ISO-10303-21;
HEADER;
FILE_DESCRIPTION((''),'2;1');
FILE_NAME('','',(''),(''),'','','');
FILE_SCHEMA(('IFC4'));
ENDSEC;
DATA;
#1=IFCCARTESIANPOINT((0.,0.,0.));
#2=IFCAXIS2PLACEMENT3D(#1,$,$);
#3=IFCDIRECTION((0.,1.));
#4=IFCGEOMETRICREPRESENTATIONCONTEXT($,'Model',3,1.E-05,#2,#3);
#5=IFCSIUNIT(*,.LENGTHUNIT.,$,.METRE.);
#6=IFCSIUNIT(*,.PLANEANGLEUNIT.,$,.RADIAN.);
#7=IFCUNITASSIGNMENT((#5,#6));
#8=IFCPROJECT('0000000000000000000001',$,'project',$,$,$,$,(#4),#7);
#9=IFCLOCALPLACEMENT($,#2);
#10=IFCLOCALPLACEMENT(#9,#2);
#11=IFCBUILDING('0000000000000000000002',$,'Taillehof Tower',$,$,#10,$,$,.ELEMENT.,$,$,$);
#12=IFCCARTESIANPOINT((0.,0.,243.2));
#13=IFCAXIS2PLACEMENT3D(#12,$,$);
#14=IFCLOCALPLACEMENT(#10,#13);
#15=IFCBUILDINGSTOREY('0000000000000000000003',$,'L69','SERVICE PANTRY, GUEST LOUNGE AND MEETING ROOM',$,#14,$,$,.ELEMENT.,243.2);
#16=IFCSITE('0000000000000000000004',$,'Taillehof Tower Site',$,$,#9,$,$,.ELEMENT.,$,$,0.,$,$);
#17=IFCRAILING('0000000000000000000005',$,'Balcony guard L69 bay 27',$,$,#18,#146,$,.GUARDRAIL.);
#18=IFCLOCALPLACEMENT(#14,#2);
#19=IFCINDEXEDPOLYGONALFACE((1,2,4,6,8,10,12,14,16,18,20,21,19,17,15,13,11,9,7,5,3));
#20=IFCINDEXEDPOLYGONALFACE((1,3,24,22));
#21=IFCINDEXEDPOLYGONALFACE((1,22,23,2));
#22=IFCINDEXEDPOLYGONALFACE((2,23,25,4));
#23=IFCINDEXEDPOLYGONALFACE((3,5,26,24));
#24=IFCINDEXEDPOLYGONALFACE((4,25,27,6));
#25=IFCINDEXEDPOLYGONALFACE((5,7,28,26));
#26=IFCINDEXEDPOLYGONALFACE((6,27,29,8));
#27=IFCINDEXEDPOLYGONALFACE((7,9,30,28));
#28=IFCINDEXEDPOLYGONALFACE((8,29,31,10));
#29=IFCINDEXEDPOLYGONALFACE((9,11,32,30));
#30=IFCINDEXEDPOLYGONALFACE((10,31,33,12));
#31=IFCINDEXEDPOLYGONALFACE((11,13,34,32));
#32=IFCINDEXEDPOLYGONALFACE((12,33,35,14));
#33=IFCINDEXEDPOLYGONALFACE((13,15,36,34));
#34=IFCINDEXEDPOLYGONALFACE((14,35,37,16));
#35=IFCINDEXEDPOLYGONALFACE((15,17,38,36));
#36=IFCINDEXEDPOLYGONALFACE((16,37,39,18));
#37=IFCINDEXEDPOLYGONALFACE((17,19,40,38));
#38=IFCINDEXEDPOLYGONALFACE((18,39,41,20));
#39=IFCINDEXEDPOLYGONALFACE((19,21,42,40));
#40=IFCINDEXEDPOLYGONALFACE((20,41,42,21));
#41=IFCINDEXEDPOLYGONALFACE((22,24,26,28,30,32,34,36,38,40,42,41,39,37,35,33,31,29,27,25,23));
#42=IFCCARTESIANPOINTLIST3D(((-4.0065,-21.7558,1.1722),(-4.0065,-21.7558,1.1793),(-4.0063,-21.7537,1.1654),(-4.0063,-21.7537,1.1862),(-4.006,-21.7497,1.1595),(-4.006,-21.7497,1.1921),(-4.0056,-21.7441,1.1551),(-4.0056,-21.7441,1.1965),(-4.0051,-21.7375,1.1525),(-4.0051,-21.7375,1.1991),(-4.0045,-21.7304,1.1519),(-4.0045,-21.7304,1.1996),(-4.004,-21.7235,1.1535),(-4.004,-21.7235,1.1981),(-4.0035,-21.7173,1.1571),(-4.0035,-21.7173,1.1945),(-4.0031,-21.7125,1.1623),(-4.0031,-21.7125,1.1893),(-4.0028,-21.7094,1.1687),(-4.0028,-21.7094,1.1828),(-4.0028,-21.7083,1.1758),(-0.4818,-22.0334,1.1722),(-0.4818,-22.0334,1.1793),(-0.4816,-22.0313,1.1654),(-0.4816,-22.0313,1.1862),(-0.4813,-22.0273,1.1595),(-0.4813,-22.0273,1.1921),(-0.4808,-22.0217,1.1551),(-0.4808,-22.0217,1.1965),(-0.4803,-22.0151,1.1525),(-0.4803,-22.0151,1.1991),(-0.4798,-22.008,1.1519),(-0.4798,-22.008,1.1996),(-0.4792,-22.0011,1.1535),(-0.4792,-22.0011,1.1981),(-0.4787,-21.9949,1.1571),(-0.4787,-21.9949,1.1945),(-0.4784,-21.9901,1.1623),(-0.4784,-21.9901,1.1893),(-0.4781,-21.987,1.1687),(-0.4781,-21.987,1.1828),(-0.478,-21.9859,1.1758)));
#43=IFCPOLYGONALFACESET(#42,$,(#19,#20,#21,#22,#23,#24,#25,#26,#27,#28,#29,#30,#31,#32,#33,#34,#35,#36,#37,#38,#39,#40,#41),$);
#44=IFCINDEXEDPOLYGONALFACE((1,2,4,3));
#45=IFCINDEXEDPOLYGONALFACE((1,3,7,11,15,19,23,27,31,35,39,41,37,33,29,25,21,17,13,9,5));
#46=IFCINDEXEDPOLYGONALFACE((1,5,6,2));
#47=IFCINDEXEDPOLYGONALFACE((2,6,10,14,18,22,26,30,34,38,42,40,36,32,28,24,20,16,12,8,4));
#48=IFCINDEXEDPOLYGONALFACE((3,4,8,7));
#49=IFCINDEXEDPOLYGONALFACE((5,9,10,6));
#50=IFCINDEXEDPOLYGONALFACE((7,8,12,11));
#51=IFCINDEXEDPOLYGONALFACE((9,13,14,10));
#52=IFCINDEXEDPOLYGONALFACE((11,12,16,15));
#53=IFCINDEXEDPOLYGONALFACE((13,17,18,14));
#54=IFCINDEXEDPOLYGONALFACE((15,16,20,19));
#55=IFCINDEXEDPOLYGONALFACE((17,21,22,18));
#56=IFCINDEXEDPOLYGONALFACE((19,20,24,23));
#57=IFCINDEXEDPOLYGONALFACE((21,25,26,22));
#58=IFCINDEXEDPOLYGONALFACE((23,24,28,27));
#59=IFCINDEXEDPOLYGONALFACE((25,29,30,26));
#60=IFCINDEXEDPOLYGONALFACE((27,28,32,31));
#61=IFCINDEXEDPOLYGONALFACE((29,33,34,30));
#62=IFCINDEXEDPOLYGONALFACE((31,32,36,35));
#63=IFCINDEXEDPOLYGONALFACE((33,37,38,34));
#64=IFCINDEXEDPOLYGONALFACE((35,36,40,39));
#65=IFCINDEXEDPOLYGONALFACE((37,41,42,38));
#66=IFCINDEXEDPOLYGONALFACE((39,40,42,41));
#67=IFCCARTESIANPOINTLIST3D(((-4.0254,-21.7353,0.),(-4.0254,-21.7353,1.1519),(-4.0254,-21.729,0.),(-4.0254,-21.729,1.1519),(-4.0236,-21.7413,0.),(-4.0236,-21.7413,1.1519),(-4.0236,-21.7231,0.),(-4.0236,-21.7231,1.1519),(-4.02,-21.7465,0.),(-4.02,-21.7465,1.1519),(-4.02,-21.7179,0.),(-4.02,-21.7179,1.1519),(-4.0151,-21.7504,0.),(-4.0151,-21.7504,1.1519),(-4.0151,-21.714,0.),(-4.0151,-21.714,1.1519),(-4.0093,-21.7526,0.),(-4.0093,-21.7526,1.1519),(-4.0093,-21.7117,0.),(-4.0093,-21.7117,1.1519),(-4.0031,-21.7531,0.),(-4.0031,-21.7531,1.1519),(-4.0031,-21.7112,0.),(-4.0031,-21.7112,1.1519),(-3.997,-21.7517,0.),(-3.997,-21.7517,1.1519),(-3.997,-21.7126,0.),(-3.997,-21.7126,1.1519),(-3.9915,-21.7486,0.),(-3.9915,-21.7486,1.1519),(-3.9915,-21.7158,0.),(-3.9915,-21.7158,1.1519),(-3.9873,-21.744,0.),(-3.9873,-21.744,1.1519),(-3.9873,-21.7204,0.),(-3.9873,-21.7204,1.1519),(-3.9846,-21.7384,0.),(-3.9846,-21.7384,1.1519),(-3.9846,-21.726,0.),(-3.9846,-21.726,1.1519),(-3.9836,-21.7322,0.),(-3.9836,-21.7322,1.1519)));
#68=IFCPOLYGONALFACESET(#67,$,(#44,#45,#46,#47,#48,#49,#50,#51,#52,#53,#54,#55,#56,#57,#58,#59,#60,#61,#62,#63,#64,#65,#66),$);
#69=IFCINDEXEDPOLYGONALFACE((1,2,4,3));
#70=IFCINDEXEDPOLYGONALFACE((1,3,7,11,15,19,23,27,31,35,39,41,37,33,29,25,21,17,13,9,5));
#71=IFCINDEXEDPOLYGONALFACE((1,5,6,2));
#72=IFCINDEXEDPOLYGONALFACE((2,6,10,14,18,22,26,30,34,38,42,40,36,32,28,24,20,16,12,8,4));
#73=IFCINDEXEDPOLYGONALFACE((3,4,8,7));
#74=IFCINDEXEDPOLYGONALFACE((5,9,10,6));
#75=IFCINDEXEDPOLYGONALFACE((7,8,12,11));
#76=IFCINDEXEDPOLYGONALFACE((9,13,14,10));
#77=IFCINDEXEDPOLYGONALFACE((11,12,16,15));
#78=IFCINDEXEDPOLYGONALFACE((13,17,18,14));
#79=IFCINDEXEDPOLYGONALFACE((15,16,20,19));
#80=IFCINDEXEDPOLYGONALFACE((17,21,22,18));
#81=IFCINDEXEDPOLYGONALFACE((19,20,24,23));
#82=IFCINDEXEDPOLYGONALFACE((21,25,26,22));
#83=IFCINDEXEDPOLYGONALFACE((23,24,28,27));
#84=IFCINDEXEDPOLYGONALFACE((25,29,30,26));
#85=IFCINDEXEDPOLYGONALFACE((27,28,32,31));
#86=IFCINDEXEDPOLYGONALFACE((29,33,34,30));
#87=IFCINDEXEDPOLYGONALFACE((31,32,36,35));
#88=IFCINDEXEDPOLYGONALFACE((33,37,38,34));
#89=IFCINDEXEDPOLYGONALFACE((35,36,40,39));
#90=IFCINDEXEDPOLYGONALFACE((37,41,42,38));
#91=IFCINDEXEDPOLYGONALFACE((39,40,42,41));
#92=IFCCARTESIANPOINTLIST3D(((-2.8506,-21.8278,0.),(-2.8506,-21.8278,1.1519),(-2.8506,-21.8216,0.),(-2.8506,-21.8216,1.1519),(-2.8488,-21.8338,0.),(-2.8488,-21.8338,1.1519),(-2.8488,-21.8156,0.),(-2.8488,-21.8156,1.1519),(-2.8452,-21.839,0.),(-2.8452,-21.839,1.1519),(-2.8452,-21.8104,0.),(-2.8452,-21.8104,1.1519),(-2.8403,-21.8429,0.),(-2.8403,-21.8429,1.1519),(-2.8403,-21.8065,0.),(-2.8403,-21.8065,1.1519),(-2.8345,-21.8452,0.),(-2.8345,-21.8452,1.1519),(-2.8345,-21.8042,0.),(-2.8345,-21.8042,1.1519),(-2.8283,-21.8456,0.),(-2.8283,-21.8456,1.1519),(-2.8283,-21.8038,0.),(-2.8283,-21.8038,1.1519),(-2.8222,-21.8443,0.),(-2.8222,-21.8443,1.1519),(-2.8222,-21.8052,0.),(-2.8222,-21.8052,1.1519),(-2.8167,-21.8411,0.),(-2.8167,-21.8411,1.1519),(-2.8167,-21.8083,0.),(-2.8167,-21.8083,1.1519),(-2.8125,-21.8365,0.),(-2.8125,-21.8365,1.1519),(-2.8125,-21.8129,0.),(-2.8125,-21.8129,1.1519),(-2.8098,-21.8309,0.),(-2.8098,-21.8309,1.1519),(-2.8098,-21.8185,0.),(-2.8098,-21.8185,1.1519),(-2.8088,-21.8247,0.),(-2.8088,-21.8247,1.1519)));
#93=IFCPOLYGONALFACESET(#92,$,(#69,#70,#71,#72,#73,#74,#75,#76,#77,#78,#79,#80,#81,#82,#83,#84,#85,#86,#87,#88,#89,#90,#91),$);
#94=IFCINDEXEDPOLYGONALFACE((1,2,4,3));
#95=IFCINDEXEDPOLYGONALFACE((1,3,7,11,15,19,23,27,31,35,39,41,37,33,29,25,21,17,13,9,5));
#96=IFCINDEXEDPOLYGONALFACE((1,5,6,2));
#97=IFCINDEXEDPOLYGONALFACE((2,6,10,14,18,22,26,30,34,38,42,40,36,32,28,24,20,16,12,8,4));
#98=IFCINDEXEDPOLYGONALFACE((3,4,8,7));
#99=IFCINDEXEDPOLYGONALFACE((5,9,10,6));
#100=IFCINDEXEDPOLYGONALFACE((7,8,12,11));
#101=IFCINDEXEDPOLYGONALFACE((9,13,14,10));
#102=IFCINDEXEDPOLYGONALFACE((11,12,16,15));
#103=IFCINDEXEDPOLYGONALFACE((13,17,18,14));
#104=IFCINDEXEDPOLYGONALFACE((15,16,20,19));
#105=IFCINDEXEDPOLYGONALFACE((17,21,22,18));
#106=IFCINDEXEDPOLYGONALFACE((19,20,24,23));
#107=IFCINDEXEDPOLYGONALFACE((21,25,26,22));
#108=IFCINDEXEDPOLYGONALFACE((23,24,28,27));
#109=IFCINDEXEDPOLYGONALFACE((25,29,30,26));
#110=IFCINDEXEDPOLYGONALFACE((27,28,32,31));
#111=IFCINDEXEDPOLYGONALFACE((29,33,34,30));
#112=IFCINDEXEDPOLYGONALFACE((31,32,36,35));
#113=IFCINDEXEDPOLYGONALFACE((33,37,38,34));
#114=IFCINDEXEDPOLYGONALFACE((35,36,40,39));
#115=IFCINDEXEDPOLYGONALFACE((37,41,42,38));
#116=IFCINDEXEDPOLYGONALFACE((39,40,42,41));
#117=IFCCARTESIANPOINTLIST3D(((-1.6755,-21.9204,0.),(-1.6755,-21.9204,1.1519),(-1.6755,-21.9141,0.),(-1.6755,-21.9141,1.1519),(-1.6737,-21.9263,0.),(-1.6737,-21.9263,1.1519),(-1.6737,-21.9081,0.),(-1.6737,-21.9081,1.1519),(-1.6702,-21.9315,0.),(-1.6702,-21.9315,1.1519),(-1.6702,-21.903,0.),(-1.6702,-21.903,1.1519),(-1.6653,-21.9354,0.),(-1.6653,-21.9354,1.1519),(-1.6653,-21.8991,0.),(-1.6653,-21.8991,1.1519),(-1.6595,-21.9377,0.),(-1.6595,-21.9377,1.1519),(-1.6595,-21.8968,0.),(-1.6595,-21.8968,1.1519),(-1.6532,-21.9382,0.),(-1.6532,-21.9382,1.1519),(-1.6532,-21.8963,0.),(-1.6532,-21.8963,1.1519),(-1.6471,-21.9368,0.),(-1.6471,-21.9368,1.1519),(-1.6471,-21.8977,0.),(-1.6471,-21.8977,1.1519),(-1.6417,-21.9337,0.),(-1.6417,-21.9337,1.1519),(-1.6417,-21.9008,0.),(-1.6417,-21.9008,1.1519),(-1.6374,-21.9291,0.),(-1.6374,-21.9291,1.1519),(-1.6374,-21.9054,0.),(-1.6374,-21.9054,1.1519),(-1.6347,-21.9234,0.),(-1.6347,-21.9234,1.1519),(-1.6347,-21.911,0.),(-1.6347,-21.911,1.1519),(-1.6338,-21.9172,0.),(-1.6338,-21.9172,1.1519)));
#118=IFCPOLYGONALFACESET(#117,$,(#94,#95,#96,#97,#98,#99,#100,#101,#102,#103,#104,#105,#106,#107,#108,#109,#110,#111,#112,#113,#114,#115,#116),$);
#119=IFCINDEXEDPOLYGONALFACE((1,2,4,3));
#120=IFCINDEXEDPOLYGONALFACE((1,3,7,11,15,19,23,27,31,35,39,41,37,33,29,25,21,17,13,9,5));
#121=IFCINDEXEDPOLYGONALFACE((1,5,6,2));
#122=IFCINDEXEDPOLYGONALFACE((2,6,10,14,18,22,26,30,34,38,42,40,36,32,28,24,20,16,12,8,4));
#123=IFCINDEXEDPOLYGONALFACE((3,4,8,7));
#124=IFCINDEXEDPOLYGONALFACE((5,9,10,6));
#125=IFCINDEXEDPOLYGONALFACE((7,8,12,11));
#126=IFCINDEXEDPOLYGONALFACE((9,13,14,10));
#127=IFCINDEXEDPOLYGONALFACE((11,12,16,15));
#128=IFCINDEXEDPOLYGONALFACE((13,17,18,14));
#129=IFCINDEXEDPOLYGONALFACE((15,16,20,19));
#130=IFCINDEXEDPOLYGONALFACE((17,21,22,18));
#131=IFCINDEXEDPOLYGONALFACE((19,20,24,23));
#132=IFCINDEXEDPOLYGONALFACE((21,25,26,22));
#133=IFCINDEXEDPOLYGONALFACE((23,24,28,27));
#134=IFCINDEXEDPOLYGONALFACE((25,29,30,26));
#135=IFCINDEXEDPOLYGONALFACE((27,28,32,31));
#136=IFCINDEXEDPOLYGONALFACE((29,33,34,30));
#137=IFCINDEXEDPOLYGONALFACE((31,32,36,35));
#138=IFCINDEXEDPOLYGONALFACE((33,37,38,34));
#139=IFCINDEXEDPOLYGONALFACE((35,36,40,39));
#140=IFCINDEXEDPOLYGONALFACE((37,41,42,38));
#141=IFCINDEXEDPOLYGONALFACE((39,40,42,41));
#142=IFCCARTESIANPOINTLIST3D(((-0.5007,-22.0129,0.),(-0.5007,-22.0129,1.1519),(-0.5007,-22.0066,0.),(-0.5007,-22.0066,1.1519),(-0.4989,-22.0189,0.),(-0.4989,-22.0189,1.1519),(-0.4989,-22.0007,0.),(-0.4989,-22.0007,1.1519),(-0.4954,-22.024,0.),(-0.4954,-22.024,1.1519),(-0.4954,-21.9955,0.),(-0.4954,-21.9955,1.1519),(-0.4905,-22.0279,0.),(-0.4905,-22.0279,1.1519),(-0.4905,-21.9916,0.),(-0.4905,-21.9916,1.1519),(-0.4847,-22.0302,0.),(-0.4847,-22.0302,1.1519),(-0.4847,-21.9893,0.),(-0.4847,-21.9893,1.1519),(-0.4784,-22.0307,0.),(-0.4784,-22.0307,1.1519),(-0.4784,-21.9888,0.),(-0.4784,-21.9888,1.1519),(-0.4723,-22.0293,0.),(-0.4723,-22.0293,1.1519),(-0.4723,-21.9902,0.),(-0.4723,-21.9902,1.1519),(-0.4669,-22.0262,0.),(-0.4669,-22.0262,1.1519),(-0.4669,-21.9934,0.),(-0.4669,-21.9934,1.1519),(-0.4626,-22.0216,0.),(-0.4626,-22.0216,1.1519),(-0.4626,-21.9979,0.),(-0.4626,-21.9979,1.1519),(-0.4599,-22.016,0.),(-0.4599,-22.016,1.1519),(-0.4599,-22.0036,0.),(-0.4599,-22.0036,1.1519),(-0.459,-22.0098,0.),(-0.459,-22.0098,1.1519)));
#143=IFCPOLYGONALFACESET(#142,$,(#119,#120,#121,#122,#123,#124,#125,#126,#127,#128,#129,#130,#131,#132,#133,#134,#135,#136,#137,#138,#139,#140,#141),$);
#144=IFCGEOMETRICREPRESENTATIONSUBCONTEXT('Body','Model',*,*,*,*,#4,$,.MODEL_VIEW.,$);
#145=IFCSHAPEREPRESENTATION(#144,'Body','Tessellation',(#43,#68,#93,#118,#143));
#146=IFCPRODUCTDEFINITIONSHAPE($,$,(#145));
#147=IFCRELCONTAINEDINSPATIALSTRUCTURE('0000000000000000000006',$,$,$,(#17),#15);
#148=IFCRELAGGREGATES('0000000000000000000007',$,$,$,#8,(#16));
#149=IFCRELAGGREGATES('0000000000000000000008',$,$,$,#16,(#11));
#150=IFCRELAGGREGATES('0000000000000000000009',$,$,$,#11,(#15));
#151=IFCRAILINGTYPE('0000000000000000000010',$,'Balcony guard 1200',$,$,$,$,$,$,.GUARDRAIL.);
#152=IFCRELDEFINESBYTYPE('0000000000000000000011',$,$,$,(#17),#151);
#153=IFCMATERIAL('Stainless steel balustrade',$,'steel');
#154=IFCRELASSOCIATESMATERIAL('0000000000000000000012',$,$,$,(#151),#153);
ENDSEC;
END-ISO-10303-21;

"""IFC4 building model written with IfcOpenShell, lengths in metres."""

from ifc_helpers import new_model, si_unit, direction, frame, origin, origin_2d, place, context, subcontext, project, spatial, circle, extrude, material, type_object, element, save


model = new_model("IFC4")

# Units and contexts
model_context = context("Model", 3, precision=1e-05, world=origin(), true_north=direction((0.0, 1.0)))
body_context = subcontext(model_context, "Body", "Model", "MODEL_VIEW")
ifc_project = project(units=[si_unit("LENGTHUNIT", "METRE"), si_unit("PLANEANGLEUNIT", "RADIAN")], contexts=[model_context])

# Site, building, storey
site_placement = place(None, origin())
site = spatial("IfcSite", under=ifc_project, at=site_placement, Name="Taillehof Tower Site", CompositionType="ELEMENT", RefElevation=0.0)
building_placement = place(site_placement, origin())
building = spatial("IfcBuilding", under=site, at=building_placement, Name="Taillehof Tower", CompositionType="ELEMENT")
storey_placement = place(building_placement, frame((0.0, 0.0, 243.2)))
storey = spatial("IfcBuildingStorey", under=building, at=storey_placement, Name="L69", Description="SERVICE PANTRY, GUEST LOUNGE AND MEETING ROOM", CompositionType="ELEMENT", Elevation=243.2)

# Railing
ifc_material_1 = material(Name="Stainless steel balustrade", Category="steel")
railing_type = type_object("IfcRailingType", Name="Balcony guard 1200", PredefinedType="GUARDRAIL", material=ifc_material_1)
railing_placement = place(storey_placement, frame((-4.0046, -21.7322, 0.0)))
element("IfcRailing", 1, at=railing_placement, inside=storey, type_object=railing_type, Name="Balcony guard L69 bay 27", PredefinedType="GUARDRAIL", context=body_context, shape_type="SweptSolid", body=[
    extrude(circle(Radius=0.0239, at=origin_2d()), frame((0.0, 0.0, 1.1758), z_axis=(0.996913, -0.078513, 0.0), x_axis=(0.078513, 0.996913, 0.0)), (0.0, 0.0, 1.0), 3.5356),
    extrude(circle(Radius=0.021, at=origin_2d()), origin(), (0.0, 0.0, 1.0), 1.1519),
    extrude(circle(Radius=0.021, at=origin_2d()), frame((1.1748, -0.0925, 0.0)), (0.0, 0.0, 1.0), 1.1519),
    extrude(circle(Radius=0.021, at=origin_2d()), frame((2.3499, -0.1851, 0.0)), (0.0, 0.0, 1.0), 1.1519),
    extrude(circle(Radius=0.021, at=origin_2d()), frame((3.5247, -0.2776, 0.0)), (0.0, 0.0, 1.0), 1.1519),
])

save(model, "model.ifc")
